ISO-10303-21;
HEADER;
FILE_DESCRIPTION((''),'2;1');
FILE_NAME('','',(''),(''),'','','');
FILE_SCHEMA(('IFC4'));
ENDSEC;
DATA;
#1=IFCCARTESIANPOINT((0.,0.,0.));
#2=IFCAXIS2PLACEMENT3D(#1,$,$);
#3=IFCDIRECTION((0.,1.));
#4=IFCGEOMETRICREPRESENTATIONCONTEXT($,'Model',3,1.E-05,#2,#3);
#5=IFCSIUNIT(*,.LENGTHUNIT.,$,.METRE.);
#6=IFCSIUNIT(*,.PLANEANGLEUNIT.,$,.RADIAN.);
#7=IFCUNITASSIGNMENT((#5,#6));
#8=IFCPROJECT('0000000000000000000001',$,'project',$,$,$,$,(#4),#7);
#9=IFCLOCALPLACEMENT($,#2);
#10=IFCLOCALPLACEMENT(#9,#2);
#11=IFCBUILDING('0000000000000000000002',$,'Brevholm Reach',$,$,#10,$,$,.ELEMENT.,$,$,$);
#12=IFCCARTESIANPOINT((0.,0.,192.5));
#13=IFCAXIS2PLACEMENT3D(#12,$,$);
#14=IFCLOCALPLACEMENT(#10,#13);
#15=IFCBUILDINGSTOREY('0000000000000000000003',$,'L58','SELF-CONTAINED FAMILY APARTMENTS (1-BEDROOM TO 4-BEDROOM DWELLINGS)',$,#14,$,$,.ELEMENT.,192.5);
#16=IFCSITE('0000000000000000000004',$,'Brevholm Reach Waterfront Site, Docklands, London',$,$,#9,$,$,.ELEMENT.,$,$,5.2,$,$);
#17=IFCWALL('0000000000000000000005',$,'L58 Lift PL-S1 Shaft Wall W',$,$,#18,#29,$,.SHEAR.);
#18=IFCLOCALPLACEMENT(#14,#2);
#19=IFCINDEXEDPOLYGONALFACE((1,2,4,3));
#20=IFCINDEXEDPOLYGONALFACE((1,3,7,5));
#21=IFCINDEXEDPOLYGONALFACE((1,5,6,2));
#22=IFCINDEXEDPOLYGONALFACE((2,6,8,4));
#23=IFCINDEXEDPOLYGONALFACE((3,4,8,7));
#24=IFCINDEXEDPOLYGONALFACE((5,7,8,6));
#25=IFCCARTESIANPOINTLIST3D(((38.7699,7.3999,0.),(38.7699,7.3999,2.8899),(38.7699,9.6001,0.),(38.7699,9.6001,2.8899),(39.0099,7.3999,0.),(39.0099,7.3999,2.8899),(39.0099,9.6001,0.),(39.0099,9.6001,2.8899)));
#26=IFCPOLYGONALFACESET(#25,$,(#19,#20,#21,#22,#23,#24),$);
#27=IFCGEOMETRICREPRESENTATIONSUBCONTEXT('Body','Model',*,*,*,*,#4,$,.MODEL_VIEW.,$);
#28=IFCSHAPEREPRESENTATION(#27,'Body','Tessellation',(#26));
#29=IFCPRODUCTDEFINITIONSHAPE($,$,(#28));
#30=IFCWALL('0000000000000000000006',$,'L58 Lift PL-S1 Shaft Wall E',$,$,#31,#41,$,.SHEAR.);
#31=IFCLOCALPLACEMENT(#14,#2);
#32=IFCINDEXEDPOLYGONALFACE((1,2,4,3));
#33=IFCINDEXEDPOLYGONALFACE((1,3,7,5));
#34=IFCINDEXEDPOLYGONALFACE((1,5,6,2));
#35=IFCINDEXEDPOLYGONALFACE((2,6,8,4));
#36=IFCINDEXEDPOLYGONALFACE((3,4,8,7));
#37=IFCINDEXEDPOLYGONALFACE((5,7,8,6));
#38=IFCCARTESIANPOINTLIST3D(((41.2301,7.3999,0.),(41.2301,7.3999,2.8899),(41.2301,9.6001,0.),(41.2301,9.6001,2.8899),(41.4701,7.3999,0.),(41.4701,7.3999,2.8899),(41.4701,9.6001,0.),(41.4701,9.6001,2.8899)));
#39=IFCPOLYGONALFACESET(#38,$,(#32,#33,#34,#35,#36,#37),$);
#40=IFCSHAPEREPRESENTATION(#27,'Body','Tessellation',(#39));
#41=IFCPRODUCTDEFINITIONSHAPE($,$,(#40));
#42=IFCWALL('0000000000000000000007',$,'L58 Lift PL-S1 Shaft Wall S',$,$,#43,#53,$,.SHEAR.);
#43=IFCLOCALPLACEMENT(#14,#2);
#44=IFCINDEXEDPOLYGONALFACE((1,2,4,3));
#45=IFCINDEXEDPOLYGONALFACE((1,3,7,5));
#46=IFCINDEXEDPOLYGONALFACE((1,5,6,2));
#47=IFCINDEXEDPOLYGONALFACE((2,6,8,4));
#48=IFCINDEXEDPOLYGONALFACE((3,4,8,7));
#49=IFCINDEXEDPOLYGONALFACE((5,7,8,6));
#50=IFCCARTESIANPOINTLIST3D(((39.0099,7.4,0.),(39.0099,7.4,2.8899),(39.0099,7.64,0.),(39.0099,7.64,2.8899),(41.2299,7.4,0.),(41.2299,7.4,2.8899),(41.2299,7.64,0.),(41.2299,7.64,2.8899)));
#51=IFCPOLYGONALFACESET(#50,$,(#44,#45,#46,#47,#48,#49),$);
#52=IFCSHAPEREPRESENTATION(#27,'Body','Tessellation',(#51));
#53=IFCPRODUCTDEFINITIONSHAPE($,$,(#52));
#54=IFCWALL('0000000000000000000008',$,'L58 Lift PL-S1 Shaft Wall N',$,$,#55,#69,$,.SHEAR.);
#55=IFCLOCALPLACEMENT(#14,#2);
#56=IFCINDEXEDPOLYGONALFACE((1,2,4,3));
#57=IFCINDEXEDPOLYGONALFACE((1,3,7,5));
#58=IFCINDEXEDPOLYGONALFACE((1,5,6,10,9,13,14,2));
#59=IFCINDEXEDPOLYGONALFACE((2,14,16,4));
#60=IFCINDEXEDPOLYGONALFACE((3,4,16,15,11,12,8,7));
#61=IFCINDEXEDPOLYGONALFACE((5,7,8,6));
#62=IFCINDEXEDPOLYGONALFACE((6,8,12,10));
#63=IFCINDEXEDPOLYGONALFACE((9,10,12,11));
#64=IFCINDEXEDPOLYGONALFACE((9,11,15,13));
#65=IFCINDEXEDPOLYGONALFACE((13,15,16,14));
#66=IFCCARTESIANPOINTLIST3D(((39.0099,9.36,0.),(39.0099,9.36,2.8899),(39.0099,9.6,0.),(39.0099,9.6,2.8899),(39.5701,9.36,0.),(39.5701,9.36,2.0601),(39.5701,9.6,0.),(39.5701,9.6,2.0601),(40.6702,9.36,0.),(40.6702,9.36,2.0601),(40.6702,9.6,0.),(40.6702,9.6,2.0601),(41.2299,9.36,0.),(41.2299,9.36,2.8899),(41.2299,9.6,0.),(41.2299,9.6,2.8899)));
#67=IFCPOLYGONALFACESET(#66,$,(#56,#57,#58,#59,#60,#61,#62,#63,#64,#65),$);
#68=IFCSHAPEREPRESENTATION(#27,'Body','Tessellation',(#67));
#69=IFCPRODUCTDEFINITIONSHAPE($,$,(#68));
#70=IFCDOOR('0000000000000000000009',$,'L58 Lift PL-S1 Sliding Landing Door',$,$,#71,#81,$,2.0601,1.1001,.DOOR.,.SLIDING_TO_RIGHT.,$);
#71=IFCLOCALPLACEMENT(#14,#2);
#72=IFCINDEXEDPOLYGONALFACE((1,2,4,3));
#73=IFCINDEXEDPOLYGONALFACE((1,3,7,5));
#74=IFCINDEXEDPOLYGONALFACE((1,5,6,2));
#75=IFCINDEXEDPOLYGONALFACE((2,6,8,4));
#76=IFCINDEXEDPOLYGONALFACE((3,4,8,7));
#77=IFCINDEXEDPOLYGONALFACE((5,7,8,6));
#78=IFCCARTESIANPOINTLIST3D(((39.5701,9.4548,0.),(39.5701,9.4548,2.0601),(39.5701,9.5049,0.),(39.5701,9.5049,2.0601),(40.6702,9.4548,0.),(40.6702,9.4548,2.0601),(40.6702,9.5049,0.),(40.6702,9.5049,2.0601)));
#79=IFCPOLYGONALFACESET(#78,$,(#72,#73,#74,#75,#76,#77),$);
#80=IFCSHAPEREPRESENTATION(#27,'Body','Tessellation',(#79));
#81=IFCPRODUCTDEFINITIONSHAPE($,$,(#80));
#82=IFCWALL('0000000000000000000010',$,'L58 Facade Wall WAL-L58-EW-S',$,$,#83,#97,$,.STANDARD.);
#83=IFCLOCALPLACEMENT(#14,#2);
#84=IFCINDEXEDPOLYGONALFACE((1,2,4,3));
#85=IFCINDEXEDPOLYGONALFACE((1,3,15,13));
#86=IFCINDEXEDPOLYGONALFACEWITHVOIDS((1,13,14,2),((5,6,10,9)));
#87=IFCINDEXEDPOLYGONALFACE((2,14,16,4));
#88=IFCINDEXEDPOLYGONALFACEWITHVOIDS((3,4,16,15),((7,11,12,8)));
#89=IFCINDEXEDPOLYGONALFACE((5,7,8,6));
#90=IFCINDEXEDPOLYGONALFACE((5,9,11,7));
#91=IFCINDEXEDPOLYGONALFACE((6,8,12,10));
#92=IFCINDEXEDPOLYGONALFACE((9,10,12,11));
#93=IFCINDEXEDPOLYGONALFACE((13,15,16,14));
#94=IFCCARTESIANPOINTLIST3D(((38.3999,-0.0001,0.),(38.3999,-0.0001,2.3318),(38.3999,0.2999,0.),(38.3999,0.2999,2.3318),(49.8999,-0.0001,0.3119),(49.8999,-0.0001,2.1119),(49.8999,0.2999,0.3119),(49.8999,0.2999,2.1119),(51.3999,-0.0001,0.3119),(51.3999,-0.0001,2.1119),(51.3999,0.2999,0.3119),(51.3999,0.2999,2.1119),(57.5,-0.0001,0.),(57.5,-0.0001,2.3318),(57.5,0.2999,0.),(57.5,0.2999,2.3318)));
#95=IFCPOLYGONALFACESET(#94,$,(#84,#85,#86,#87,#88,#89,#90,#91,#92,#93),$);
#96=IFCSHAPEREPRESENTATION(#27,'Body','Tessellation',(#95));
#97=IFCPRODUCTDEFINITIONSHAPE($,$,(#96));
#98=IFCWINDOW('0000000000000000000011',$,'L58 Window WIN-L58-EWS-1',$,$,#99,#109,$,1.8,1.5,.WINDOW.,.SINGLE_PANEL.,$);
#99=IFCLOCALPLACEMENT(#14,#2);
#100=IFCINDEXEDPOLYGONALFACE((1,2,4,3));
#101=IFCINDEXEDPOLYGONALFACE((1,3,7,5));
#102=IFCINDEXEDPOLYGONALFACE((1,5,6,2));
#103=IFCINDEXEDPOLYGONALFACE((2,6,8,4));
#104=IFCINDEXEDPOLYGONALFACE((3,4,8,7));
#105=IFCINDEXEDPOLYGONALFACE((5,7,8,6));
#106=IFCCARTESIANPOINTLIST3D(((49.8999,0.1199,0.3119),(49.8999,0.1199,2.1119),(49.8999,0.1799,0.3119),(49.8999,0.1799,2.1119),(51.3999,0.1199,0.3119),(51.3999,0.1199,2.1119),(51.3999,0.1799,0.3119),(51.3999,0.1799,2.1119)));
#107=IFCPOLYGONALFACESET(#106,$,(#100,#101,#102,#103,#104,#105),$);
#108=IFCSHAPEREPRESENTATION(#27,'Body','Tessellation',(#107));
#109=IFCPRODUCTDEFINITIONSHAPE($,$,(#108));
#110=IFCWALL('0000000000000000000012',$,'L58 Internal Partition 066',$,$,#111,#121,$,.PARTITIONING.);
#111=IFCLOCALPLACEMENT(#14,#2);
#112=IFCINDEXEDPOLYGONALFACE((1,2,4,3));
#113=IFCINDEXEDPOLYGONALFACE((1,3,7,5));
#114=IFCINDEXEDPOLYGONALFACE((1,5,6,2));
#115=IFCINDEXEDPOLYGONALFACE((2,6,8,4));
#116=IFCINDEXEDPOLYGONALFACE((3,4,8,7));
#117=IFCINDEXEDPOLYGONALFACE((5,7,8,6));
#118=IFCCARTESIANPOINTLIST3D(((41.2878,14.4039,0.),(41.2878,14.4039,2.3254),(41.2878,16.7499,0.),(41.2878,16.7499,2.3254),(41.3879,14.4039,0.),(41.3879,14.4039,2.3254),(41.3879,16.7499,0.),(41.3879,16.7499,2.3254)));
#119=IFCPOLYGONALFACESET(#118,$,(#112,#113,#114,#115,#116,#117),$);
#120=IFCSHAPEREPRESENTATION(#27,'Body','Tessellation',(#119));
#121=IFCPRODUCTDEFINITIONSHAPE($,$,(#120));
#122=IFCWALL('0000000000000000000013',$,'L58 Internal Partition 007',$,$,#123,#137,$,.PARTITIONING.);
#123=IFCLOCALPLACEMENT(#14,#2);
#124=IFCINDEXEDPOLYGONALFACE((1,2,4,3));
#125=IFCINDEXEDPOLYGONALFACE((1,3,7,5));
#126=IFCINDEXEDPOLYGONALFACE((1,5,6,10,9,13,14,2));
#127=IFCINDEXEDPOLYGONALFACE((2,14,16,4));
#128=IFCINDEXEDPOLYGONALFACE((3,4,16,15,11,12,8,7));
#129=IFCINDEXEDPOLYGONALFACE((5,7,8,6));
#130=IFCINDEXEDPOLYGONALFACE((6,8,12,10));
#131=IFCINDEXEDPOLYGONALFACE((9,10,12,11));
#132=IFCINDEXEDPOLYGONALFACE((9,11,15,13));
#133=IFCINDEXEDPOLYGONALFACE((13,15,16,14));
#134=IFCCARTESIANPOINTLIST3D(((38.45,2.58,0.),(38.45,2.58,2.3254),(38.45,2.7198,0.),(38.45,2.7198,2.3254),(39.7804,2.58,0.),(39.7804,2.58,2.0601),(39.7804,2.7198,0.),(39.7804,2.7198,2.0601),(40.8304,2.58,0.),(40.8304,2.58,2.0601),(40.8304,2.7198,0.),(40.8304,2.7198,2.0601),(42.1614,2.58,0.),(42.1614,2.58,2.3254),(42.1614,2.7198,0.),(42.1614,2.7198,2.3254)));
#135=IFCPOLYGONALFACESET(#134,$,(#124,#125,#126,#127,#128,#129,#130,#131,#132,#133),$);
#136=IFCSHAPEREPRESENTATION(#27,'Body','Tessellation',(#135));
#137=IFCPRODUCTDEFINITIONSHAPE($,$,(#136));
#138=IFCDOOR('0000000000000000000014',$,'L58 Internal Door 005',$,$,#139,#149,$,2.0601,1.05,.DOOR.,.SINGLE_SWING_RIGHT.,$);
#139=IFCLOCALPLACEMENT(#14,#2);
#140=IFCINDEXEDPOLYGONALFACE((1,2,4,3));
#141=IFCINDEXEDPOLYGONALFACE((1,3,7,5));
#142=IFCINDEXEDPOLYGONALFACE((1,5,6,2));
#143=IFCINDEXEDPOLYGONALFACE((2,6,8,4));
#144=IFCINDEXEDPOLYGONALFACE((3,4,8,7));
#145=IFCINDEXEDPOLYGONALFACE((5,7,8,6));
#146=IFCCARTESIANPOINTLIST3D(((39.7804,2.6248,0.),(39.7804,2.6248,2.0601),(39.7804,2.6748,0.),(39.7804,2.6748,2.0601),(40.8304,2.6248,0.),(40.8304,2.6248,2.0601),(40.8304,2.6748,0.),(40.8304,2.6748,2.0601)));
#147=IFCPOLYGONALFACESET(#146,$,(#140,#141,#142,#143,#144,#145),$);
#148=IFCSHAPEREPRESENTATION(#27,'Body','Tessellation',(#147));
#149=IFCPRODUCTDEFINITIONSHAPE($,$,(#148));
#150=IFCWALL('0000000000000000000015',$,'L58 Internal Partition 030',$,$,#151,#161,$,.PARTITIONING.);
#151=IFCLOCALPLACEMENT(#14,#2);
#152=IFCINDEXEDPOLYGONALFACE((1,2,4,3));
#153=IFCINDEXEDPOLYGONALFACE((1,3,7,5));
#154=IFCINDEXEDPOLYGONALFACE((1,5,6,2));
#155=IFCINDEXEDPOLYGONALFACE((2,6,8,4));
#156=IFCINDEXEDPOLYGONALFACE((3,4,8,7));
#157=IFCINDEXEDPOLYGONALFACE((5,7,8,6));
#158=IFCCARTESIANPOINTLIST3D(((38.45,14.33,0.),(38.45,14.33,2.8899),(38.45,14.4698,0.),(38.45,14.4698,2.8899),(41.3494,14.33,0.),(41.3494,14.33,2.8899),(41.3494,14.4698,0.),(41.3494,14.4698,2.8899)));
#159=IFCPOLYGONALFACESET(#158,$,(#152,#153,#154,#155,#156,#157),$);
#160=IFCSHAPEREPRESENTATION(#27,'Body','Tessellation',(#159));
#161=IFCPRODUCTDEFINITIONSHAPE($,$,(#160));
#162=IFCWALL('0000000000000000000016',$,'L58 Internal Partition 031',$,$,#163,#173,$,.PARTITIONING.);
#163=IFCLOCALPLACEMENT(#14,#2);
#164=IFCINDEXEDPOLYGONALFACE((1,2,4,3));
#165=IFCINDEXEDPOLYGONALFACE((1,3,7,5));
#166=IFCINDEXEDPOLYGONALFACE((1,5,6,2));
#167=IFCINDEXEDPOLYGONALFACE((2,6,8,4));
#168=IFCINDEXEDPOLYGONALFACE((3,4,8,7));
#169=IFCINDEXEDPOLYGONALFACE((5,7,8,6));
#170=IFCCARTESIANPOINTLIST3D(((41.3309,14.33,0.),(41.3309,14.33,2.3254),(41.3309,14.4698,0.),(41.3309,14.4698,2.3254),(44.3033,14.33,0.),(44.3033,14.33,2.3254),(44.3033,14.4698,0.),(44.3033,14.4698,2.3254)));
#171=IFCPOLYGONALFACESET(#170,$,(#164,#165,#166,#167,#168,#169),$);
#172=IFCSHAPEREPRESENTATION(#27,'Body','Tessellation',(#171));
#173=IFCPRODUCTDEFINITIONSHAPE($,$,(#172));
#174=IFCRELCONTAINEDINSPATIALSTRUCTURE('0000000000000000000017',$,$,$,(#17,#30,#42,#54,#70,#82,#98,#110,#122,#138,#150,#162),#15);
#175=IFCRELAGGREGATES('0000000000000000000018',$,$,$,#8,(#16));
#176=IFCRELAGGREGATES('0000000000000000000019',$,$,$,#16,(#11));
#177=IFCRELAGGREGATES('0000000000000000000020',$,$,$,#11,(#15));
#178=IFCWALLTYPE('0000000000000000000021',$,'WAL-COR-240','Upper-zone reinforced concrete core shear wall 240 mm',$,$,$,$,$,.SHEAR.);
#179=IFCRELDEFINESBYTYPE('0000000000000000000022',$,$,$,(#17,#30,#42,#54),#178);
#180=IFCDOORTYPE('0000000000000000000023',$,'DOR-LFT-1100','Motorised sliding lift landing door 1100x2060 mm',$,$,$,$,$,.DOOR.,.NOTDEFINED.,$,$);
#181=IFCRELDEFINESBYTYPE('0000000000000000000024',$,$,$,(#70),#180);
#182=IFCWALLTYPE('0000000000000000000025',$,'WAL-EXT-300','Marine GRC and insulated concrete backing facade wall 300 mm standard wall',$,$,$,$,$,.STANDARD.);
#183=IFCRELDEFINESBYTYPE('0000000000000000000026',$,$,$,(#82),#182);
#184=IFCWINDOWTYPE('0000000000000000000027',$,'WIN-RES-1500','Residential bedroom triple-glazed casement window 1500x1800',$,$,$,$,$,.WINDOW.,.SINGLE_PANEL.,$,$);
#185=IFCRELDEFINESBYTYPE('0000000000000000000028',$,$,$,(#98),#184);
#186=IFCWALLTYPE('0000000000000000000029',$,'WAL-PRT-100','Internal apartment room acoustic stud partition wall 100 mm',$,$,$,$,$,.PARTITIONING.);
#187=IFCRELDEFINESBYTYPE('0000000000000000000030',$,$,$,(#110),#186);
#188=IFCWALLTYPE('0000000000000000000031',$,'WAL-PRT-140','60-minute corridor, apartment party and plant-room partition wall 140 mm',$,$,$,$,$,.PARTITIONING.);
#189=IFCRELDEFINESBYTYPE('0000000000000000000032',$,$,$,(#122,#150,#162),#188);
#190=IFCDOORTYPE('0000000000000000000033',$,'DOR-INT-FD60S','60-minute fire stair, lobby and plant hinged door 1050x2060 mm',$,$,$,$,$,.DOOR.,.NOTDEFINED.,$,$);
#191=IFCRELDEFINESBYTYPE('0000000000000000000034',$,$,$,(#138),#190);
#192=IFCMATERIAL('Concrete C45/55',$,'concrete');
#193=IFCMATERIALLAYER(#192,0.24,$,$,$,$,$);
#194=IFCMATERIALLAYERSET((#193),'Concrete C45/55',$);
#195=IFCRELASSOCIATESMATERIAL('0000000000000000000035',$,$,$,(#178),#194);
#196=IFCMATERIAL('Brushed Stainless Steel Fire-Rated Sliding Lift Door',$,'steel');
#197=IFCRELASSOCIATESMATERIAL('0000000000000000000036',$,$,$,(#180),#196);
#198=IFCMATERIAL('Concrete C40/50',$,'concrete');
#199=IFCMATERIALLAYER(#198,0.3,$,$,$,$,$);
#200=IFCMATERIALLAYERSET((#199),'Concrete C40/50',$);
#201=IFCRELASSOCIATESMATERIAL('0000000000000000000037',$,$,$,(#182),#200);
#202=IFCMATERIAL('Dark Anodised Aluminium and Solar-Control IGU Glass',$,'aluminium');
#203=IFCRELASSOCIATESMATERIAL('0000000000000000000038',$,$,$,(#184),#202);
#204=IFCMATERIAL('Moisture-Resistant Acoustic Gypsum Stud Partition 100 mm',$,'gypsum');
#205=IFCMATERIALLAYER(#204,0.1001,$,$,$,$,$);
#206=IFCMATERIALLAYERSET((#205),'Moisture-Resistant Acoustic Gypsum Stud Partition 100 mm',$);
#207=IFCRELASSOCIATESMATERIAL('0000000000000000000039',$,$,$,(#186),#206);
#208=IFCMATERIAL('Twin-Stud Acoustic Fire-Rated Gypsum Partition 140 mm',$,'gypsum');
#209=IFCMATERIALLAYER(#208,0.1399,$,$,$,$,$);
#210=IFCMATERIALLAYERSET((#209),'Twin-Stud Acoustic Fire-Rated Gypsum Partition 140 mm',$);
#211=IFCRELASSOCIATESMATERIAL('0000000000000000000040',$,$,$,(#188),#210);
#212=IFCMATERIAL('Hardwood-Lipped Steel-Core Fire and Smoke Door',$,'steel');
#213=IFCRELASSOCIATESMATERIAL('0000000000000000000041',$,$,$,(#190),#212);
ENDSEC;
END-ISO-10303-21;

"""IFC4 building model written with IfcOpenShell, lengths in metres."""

from ifc_helpers import new_model, si_unit, direction, frame, frame_2d, origin, place, context, subcontext, project, spatial, rectangle, extrude, material, layer, layer_set, type_object, element, fill, save


model = new_model("IFC4")

# Units and contexts
model_context = context("Model", 3, precision=1e-05, world=origin(), true_north=direction((0.0, 1.0)))
body_context = subcontext(model_context, "Body", "Model", "MODEL_VIEW")
ifc_project = project(units=[si_unit("LENGTHUNIT", "METRE"), si_unit("PLANEANGLEUNIT", "RADIAN")], contexts=[model_context])

# Site, building, storey
site_placement = place(None, origin())
site = spatial("IfcSite", under=ifc_project, at=site_placement, Name="Brevholm Reach Waterfront Site, Docklands, London", CompositionType="ELEMENT", RefElevation=5.2)
building_placement = place(site_placement, origin())
building = spatial("IfcBuilding", under=site, at=building_placement, Name="Brevholm Reach", CompositionType="ELEMENT")
storey_placement = place(building_placement, frame((0.0, 0.0, 192.5)))
storey = spatial("IfcBuildingStorey", under=building, at=storey_placement, Name="L58", Description="SELF-CONTAINED FAMILY APARTMENTS (1-BEDROOM TO 4-BEDROOM DWELLINGS)", CompositionType="ELEMENT", Elevation=192.5)

# Walls
ifc_material_1 = material(Name="Concrete C45/55", Category="concrete")
ifc_layer_1 = layer(ifc_material_1, 0.24)
ifc_layer_set_1 = layer_set([ifc_layer_1], Name="Concrete C45/55")
wall_type_1 = type_object("IfcWallType", Name="WAL-COR-240", Description="Upper-zone reinforced concrete core shear wall 240 mm", PredefinedType="SHEAR", material=ifc_layer_set_1)
for number, where, z_axis, x_axis, name in (
    (1, (38.8899, 7.3999, 0.0), (0.0, 0.0, 1.0), (0.0, 1.0, 0.0), "L58 Lift PL-S1 Shaft Wall W"),
    (2, (41.3501, 7.3999, 0.0), (0.0, 0.0, 1.0), (0.0, 1.0, 0.0), "L58 Lift PL-S1 Shaft Wall E"),
):
    element("IfcWall", number, at=place(storey_placement, frame(where, z_axis=z_axis, x_axis=x_axis)), inside=storey, type_object=wall_type_1, Name=name, PredefinedType="SHEAR", context=body_context, shape_type="SweptSolid", body=[
        extrude(rectangle(XDim=2.2002, YDim=0.24, at=frame_2d((1.1001, 0.0))), origin(), (0.0, 0.0, 1.0), 2.8899),
    ])
wall_1_placement = place(storey_placement, frame((39.01, 7.52, 0.0), z_axis=(0.0, 0.0, 1.0), x_axis=(1.0, 0.0, 0.0)))
element("IfcWall", 3, at=wall_1_placement, inside=storey, type_object=wall_type_1, Name="L58 Lift PL-S1 Shaft Wall S", PredefinedType="SHEAR", context=body_context, shape_type="SweptSolid", body=[
    extrude(rectangle(XDim=2.22, YDim=0.24, at=frame_2d((1.1099, 0.0))), origin(), (0.0, 0.0, 1.0), 2.8899),
])

# Wall, opening, door
wall_2_placement = place(storey_placement, frame((39.01, 9.48, 0.0), z_axis=(0.0, 0.0, 1.0), x_axis=(1.0, 0.0, 0.0)))
wall_2 = element("IfcWall", 4, at=wall_2_placement, inside=storey, type_object=wall_type_1, Name="L58 Lift PL-S1 Shaft Wall N", PredefinedType="SHEAR", context=body_context, shape_type="SweptSolid", body=[
    extrude(rectangle(XDim=2.22, YDim=0.24, at=frame_2d((1.1099, 0.0))), origin(), (0.0, 0.0, 1.0), 2.8899),
])
opening_1_placement = place(wall_2_placement, frame((0.5601, 0.0, 0.0)))
opening_1 = element("IfcOpeningElement", 5, at=opening_1_placement, cuts=wall_2, PredefinedType="OPENING", context=body_context, shape_type="SweptSolid", body=[
    extrude(rectangle(XDim=1.1001, YDim=2.0601, at=frame_2d((0.55, 1.03))), frame((0.0, 0.1299, 0.0), z_axis=(0.0, -1.0, 0.0), x_axis=(1.0, 0.0, 0.0)), (0.0, 0.0, 1.0), 0.26),
])
ifc_material_2 = material(Name="Brushed Stainless Steel Fire-Rated Sliding Lift Door", Category="steel")
door_type_1 = type_object("IfcDoorType", Name="DOR-LFT-1100", Description="Motorised sliding lift landing door 1100x2060 mm", OperationType="NOTDEFINED", PredefinedType="DOOR", material=ifc_material_2)
door_1_placement = place(opening_1_placement, origin())
door_1 = element("IfcDoor", 6, at=door_1_placement, inside=storey, type_object=door_type_1, Name="L58 Lift PL-S1 Sliding Landing Door", OperationType="SLIDING_TO_RIGHT", OverallHeight=2.0601, OverallWidth=1.1001, PredefinedType="DOOR", context=body_context, shape_type="SweptSolid", body=[
    extrude(rectangle(XDim=1.1001, YDim=2.0601, at=frame_2d((0.55, 1.03))), frame((0.0, 0.0249, 0.0), z_axis=(0.0, -1.0, 0.0), x_axis=(1.0, 0.0, 0.0)), (0.0, 0.0, 1.0), 0.05),
])
fill(opening_1, door_1)

# Wall, opening, window
ifc_material_3 = material(Name="Concrete C40/50", Category="concrete")
ifc_layer_2 = layer(ifc_material_3, 0.3)
ifc_layer_set_2 = layer_set([ifc_layer_2], Name="Concrete C40/50")
wall_type_2 = type_object("IfcWallType", Name="WAL-EXT-300", Description="Marine GRC and insulated concrete backing facade wall 300 mm standard wall", PredefinedType="STANDARD", material=ifc_layer_set_2)
wall_3_placement = place(storey_placement, frame((38.3999, 0.1499, 0.0), z_axis=(0.0, 0.0, 1.0), x_axis=(1.0, 0.0, 0.0)))
wall_3 = element("IfcWall", 7, at=wall_3_placement, inside=storey, type_object=wall_type_2, Name="L58 Facade Wall WAL-L58-EW-S", PredefinedType="STANDARD", context=body_context, shape_type="SweptSolid", body=[
    extrude(rectangle(XDim=19.1001, YDim=0.3, at=frame_2d((9.55, 0.0))), origin(), (0.0, 0.0, 1.0), 2.3318),
])
opening_2_placement = place(wall_3_placement, frame((11.5, 0.0, 0.312)))
opening_2 = element("IfcOpeningElement", 8, at=opening_2_placement, cuts=wall_3, PredefinedType="OPENING", context=body_context, shape_type="SweptSolid", body=[
    extrude(rectangle(XDim=1.5, YDim=1.8, at=frame_2d((0.75, 0.8999))), frame((0.0, 0.1599, 0.0), z_axis=(0.0, -1.0, 0.0), x_axis=(1.0, 0.0, 0.0)), (0.0, 0.0, 1.0), 0.3201),
])
ifc_material_4 = material(Name="Dark Anodised Aluminium and Solar-Control IGU Glass", Category="aluminium")
window_type = type_object("IfcWindowType", Name="WIN-RES-1500", Description="Residential bedroom triple-glazed casement window 1500x1800", PartitioningType="SINGLE_PANEL", PredefinedType="WINDOW", material=ifc_material_4)
window_placement = place(opening_2_placement, origin())
window = element("IfcWindow", 9, at=window_placement, inside=storey, type_object=window_type, Name="L58 Window WIN-L58-EWS-1", OverallHeight=1.8, OverallWidth=1.5, PartitioningType="SINGLE_PANEL", PredefinedType="WINDOW", context=body_context, shape_type="SweptSolid", body=[
    extrude(rectangle(XDim=1.5, YDim=1.8, at=frame_2d((0.75, 0.8999))), frame((0.0, 0.03, 0.0), z_axis=(0.0, -1.0, 0.0), x_axis=(1.0, 0.0, 0.0)), (0.0, 0.0, 1.0), 0.0601),
])
fill(opening_2, window)

# Wall
ifc_material_5 = material(Name="Moisture-Resistant Acoustic Gypsum Stud Partition 100 mm", Category="gypsum")
ifc_layer_3 = layer(ifc_material_5, 0.1001)
ifc_layer_set_3 = layer_set([ifc_layer_3], Name="Moisture-Resistant Acoustic Gypsum Stud Partition 100 mm")
wall_type_3 = type_object("IfcWallType", Name="WAL-PRT-100", Description="Internal apartment room acoustic stud partition wall 100 mm", PredefinedType="PARTITIONING", material=ifc_layer_set_3)
wall_4_placement = place(storey_placement, frame((41.3379, 14.4041, 0.0), z_axis=(0.0, 0.0, 1.0), x_axis=(0.0, 1.0, 0.0)))
element("IfcWall", 10, at=wall_4_placement, inside=storey, type_object=wall_type_3, Name="L58 Internal Partition 066", PredefinedType="PARTITIONING", context=body_context, shape_type="SweptSolid", body=[
    extrude(rectangle(XDim=2.3459, YDim=0.1001, at=frame_2d((1.1729, 0.0))), origin(), (0.0, 0.0, 1.0), 2.3254),
])

# Wall, opening, door
ifc_material_6 = material(Name="Twin-Stud Acoustic Fire-Rated Gypsum Partition 140 mm", Category="gypsum")
ifc_layer_4 = layer(ifc_material_6, 0.1399)
ifc_layer_set_4 = layer_set([ifc_layer_4], Name="Twin-Stud Acoustic Fire-Rated Gypsum Partition 140 mm")
wall_type_4 = type_object("IfcWallType", Name="WAL-PRT-140", Description="60-minute corridor, apartment party and plant-room partition wall 140 mm", PredefinedType="PARTITIONING", material=ifc_layer_set_4)
wall_5_placement = place(storey_placement, frame((38.45, 2.6499, 0.0), z_axis=(0.0, 0.0, 1.0), x_axis=(1.0, 0.0, 0.0)))
wall_5 = element("IfcWall", 11, at=wall_5_placement, inside=storey, type_object=wall_type_4, Name="L58 Internal Partition 007", PredefinedType="PARTITIONING", context=body_context, shape_type="SweptSolid", body=[
    extrude(rectangle(XDim=3.7114, YDim=0.1399, at=frame_2d((1.8557, 0.0))), origin(), (0.0, 0.0, 1.0), 2.3254),
])
opening_3_placement = place(wall_5_placement, frame((1.3306, 0.0, 0.0)))
opening_3 = element("IfcOpeningElement", 12, at=opening_3_placement, cuts=wall_5, PredefinedType="OPENING", context=body_context, shape_type="SweptSolid", body=[
    extrude(rectangle(XDim=1.05, YDim=2.0601, at=frame_2d((0.5249, 1.03))), frame((0.0, 0.0798, 0.0), z_axis=(0.0, -1.0, 0.0), x_axis=(1.0, 0.0, 0.0)), (0.0, 0.0, 1.0), 0.1599),
])
ifc_material_7 = material(Name="Hardwood-Lipped Steel-Core Fire and Smoke Door", Category="steel")
door_type_2 = type_object("IfcDoorType", Name="DOR-INT-FD60S", Description="60-minute fire stair, lobby and plant hinged door 1050x2060 mm", OperationType="NOTDEFINED", PredefinedType="DOOR", material=ifc_material_7)
door_2_placement = place(opening_3_placement, origin())
door_2 = element("IfcDoor", 13, at=door_2_placement, inside=storey, type_object=door_type_2, Name="L58 Internal Door 005", OperationType="SINGLE_SWING_RIGHT", OverallHeight=2.0601, OverallWidth=1.05, PredefinedType="DOOR", context=body_context, shape_type="SweptSolid", body=[
    extrude(rectangle(XDim=1.05, YDim=2.0601, at=frame_2d((0.5249, 1.03))), frame((0.0, 0.0249, 0.0), z_axis=(0.0, -1.0, 0.0), x_axis=(1.0, 0.0, 0.0)), (0.0, 0.0, 1.0), 0.05),
])
fill(opening_3, door_2)

# Walls
wall_6_placement = place(storey_placement, frame((38.45, 14.3999, 0.0), z_axis=(0.0, 0.0, 1.0), x_axis=(1.0, 0.0, 0.0)))
element("IfcWall", 14, at=wall_6_placement, inside=storey, type_object=wall_type_4, Name="L58 Internal Partition 030", PredefinedType="PARTITIONING", context=body_context, shape_type="SweptSolid", body=[
    extrude(rectangle(XDim=2.8994, YDim=0.1399, at=frame_2d((1.4497, 0.0))), origin(), (0.0, 0.0, 1.0), 2.8899),
])
wall_7_placement = place(storey_placement, frame((41.3308, 14.3999, 0.0), z_axis=(0.0, 0.0, 1.0), x_axis=(1.0, 0.0, 0.0)))
element("IfcWall", 15, at=wall_7_placement, inside=storey, type_object=wall_type_4, Name="L58 Internal Partition 031", PredefinedType="PARTITIONING", context=body_context, shape_type="SweptSolid", body=[
    extrude(rectangle(XDim=2.9724, YDim=0.1399, at=frame_2d((1.4863, 0.0))), origin(), (0.0, 0.0, 1.0), 2.3254),
])

save(model, "model.ifc")
